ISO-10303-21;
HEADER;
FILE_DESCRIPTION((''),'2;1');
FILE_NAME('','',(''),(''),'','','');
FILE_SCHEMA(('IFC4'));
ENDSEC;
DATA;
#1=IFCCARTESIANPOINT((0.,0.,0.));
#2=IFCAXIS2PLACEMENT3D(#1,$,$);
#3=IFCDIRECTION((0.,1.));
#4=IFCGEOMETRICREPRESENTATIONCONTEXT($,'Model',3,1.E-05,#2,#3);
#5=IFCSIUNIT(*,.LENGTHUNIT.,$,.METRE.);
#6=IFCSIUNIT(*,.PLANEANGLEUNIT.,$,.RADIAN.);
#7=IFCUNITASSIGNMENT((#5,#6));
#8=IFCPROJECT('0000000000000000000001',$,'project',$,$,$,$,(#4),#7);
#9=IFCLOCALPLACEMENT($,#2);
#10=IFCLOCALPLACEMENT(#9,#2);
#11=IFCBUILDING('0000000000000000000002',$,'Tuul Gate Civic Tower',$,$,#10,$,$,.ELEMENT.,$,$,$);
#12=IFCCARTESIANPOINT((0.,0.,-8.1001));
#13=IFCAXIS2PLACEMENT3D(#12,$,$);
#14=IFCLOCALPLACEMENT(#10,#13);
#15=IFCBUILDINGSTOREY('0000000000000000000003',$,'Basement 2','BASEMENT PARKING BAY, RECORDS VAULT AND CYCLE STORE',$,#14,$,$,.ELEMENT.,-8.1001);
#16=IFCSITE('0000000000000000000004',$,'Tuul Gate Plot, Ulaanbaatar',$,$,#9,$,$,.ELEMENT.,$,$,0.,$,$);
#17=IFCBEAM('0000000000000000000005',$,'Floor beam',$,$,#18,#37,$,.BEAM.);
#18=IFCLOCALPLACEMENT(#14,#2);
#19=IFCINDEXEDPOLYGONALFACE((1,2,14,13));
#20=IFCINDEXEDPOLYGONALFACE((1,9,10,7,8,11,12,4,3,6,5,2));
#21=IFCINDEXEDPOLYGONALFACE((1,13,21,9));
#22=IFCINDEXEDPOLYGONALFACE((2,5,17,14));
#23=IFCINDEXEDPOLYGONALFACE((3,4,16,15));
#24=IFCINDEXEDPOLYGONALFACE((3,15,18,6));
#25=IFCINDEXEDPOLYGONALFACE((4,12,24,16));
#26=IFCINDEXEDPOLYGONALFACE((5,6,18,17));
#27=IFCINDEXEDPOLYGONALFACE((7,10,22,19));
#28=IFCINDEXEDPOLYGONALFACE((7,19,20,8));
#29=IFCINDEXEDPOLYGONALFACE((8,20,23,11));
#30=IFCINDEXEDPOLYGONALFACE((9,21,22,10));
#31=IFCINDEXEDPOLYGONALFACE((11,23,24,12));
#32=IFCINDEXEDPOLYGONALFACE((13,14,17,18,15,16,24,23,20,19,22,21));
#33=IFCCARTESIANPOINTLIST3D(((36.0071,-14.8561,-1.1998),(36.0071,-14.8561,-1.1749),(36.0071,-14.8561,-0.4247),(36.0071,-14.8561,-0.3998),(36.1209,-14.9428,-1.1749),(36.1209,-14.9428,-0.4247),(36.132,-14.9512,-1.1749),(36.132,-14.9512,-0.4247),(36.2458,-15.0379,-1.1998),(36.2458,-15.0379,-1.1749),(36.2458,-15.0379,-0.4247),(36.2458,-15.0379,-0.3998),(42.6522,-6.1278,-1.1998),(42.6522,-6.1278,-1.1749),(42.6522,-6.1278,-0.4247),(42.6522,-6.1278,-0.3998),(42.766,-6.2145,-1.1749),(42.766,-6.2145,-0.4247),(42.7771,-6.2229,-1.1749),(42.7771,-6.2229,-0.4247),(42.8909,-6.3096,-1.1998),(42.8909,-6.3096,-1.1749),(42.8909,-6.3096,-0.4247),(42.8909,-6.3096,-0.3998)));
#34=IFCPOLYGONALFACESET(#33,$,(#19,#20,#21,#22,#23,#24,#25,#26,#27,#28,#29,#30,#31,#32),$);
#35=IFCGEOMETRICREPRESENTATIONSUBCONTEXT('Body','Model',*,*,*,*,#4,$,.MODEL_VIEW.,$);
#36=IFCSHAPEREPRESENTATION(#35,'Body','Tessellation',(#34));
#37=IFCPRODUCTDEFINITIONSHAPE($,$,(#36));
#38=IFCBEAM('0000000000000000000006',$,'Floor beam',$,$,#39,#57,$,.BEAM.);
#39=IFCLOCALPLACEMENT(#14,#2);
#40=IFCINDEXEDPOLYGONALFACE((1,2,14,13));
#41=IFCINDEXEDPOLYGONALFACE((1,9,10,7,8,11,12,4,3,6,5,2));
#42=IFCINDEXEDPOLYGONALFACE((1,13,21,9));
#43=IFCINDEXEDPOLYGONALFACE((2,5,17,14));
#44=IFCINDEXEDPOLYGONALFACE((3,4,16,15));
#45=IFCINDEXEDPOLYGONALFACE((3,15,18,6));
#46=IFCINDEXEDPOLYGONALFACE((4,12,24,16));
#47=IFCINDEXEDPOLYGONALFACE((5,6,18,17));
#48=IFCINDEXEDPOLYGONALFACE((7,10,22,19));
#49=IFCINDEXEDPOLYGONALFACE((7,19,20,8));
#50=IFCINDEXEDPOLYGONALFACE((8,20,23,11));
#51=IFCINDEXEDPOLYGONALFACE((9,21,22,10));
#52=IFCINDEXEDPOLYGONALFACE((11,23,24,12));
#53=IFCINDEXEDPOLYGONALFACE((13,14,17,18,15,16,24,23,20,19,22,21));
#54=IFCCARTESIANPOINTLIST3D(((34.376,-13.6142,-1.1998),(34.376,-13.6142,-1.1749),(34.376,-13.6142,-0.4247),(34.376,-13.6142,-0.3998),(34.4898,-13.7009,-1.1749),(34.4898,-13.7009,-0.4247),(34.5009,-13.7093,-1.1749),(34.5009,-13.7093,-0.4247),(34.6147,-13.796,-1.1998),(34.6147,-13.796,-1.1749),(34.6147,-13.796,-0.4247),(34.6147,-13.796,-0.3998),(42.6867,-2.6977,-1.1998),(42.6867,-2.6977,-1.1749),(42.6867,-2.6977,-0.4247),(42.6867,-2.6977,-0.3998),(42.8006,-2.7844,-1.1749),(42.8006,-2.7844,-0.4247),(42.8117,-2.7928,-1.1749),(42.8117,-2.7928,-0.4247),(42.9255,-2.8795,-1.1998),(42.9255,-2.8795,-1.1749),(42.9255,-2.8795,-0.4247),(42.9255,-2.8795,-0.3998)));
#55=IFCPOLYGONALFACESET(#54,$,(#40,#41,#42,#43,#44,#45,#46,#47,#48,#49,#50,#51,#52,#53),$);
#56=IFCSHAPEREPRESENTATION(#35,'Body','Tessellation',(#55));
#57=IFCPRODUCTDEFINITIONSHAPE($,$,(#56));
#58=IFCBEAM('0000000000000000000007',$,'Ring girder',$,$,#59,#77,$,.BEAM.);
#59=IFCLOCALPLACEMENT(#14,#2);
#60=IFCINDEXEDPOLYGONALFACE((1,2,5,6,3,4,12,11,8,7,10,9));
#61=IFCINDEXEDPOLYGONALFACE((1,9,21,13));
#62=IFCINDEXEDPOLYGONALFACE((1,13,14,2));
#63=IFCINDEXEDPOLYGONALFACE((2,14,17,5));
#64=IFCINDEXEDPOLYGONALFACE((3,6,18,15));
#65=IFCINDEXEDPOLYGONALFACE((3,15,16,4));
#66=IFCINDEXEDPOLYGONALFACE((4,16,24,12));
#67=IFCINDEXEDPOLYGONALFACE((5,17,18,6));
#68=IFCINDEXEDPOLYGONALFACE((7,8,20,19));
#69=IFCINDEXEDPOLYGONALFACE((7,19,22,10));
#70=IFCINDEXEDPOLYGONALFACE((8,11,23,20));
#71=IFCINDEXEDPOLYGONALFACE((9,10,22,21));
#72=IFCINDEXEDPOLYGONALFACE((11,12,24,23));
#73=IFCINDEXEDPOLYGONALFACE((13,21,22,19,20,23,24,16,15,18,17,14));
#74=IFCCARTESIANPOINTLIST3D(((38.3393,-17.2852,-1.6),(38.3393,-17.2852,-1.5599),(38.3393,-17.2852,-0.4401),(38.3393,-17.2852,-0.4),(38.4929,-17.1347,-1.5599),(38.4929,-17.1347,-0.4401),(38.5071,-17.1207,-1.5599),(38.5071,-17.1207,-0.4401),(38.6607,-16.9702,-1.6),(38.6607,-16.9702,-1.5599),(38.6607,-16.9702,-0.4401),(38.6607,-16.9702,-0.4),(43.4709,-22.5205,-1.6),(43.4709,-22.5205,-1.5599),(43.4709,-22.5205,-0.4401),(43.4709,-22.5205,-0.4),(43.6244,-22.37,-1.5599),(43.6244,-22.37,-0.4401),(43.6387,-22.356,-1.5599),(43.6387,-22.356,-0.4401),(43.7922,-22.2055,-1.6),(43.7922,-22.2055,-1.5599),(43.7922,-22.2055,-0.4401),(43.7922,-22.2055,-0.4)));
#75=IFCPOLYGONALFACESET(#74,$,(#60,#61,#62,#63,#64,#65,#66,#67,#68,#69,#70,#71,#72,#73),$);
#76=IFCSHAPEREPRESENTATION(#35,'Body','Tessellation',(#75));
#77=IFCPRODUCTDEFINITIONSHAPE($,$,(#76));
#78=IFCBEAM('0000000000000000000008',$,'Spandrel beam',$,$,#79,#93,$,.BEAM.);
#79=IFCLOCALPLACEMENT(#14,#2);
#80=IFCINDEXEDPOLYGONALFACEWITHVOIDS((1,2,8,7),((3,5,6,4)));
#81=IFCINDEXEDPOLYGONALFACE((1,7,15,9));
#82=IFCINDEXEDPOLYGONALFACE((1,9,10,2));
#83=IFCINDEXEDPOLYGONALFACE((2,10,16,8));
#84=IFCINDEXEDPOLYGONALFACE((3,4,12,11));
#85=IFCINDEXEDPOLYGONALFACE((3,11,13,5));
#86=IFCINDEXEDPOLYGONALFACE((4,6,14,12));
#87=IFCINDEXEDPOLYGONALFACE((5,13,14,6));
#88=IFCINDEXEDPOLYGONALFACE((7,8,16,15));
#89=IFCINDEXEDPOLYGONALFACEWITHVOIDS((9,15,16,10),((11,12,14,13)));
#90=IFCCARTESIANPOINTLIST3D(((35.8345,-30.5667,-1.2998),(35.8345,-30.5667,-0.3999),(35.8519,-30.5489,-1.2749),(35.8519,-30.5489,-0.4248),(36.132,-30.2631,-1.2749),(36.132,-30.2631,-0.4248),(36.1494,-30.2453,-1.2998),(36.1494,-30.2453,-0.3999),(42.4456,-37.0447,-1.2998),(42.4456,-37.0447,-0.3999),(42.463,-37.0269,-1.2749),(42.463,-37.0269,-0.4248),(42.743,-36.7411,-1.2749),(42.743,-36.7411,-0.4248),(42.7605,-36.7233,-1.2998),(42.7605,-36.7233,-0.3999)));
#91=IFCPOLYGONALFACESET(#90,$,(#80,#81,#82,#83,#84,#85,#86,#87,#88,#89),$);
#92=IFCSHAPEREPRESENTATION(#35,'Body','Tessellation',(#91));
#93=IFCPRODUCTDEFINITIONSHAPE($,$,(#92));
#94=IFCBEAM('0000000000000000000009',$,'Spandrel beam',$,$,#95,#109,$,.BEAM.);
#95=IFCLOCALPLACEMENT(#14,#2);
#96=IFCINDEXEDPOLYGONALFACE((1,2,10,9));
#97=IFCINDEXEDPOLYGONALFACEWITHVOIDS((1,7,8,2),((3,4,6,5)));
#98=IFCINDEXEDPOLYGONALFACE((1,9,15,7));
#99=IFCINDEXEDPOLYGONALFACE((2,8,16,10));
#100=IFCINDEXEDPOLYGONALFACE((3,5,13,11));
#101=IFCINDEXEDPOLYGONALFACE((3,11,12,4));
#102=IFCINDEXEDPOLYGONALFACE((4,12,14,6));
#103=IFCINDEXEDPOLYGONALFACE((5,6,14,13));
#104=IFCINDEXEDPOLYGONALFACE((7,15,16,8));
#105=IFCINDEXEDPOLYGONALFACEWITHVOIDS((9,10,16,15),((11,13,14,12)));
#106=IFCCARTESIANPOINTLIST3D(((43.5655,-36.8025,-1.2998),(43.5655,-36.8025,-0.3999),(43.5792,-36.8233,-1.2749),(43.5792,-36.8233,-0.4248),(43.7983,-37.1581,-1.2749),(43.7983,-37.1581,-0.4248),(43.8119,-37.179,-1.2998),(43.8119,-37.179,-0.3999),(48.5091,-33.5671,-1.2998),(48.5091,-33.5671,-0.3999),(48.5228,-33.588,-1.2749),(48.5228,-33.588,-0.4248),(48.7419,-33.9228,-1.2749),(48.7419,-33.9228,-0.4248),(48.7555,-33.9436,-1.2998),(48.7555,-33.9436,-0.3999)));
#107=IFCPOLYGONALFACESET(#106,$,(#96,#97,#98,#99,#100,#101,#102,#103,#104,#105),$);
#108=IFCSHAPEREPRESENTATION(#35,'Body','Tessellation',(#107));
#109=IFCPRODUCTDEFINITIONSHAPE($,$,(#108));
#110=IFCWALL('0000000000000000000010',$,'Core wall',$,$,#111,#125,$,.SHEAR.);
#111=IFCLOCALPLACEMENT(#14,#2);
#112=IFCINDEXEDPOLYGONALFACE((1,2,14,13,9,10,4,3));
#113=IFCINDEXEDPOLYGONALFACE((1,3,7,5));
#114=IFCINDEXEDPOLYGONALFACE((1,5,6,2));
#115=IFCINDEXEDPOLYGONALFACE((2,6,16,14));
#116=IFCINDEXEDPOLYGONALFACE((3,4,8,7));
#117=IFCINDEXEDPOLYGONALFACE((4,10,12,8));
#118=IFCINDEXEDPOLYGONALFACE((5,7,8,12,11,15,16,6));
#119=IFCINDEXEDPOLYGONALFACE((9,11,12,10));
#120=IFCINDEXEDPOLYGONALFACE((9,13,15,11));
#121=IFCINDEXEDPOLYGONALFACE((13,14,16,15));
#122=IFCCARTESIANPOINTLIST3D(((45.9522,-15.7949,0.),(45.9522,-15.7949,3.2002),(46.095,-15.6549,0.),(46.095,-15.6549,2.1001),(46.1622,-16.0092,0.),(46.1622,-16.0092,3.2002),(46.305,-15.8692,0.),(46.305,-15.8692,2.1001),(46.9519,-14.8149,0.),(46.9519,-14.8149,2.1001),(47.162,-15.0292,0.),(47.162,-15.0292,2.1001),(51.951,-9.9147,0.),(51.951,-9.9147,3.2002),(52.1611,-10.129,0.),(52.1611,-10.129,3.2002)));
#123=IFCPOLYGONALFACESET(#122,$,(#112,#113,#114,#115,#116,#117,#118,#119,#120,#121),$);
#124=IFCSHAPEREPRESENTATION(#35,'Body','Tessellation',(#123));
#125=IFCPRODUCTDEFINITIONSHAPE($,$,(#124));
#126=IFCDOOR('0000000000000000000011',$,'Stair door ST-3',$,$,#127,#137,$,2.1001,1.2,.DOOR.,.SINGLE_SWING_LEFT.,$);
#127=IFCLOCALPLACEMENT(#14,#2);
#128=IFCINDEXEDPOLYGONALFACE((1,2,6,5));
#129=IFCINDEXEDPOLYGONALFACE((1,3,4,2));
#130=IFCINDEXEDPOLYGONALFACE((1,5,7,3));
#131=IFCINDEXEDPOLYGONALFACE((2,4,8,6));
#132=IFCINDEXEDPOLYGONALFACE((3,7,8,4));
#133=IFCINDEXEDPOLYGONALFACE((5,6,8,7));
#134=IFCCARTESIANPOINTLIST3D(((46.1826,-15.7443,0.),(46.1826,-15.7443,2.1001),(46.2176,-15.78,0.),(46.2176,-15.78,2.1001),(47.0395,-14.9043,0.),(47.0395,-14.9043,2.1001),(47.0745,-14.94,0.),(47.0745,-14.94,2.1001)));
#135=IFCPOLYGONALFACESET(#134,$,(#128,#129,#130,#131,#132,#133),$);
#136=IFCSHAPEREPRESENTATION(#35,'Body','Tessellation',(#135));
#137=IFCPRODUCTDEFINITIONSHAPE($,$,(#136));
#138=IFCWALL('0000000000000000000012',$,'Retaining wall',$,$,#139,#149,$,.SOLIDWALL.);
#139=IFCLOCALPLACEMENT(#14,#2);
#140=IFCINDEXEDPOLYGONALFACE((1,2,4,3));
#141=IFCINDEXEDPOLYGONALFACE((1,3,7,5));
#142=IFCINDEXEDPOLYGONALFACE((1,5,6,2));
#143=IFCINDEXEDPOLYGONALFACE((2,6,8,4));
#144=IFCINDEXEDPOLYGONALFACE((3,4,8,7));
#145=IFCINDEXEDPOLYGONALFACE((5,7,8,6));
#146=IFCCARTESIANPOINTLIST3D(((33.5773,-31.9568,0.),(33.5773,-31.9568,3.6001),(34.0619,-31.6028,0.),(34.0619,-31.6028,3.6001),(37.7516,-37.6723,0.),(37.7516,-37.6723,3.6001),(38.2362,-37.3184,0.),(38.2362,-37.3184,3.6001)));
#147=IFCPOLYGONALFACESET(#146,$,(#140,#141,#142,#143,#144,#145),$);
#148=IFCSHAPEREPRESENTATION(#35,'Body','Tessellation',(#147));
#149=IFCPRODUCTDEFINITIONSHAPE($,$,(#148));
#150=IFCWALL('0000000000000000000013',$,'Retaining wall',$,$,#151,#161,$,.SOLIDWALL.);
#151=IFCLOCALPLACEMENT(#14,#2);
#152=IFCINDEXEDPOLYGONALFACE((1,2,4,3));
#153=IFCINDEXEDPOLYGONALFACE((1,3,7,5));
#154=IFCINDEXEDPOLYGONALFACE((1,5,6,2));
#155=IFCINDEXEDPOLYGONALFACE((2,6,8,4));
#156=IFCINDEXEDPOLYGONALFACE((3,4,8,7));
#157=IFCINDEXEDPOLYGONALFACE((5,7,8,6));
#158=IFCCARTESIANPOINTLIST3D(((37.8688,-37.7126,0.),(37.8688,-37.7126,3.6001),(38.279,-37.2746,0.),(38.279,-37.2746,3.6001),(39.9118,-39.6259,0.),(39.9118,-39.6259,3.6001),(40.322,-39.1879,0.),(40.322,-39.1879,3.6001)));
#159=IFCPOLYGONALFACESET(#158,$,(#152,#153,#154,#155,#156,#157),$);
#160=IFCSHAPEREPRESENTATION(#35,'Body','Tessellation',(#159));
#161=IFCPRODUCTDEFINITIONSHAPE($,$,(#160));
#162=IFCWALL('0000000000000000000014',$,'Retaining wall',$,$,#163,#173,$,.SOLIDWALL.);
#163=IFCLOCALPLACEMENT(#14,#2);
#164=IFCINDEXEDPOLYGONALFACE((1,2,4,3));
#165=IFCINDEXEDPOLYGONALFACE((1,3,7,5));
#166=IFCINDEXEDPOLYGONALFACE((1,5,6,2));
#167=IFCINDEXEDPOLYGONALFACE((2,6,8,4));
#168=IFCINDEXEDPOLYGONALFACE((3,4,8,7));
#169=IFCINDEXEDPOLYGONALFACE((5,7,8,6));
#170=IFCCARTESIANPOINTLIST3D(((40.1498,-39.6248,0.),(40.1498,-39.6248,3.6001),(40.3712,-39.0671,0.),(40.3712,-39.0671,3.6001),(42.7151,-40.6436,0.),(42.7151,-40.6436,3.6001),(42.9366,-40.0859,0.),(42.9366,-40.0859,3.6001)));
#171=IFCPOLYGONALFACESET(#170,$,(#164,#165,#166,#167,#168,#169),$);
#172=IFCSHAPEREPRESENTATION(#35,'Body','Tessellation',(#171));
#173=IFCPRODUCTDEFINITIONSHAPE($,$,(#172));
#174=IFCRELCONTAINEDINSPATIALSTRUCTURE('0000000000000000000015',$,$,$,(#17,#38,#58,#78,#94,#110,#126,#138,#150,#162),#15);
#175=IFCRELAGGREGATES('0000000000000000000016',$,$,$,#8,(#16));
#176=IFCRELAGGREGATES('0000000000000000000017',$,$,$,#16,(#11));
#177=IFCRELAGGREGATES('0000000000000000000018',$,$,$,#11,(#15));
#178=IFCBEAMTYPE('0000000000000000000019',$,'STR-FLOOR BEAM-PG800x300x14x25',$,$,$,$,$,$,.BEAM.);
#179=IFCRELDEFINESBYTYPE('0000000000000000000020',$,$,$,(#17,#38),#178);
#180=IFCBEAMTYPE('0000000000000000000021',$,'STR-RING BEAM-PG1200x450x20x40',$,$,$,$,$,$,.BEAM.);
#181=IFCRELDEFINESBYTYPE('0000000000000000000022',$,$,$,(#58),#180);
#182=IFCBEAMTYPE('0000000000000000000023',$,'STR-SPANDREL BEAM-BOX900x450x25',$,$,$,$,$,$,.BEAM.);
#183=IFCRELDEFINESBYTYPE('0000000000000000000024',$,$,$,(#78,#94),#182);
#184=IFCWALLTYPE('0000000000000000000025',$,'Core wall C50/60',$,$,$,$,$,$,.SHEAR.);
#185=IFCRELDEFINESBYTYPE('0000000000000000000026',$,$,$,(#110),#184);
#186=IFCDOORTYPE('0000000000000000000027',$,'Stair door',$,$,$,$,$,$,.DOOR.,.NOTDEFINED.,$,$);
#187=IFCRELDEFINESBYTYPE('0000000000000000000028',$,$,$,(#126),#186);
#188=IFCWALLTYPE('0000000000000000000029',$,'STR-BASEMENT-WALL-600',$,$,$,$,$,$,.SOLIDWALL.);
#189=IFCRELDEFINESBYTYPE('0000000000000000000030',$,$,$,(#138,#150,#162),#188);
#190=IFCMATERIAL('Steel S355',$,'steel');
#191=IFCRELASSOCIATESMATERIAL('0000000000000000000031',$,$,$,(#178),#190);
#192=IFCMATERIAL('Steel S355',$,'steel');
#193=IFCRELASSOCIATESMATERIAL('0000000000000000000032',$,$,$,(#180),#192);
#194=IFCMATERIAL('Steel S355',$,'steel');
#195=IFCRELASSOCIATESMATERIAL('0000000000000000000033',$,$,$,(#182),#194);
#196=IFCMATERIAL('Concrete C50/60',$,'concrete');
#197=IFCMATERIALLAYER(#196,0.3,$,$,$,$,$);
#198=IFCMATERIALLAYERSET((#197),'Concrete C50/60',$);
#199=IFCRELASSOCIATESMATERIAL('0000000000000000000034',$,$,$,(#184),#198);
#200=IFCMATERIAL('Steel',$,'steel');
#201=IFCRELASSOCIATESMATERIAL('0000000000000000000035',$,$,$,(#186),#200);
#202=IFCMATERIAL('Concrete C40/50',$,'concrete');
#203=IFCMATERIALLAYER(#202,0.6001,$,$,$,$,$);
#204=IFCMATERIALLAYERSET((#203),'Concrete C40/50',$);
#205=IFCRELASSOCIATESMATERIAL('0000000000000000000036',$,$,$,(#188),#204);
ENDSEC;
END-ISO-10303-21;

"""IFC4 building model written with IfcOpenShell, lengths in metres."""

from ifc_helpers import new_model, si_unit, direction, frame, frame_2d, origin, origin_2d, place, context, subcontext, project, spatial, rectangle, hollow_rectangle, i_section, extrude, material, layer, layer_set, material_profile, profile_set, type_object, element, fill, save


model = new_model("IFC4")

# Units and contexts
model_context = context("Model", 3, precision=1e-05, world=origin(), true_north=direction((0.0, 1.0)))
body_context = subcontext(model_context, "Body", "Model", "MODEL_VIEW")
ifc_project = project(units=[si_unit("LENGTHUNIT", "METRE"), si_unit("PLANEANGLEUNIT", "RADIAN")], contexts=[model_context])

# Site, building, storey
site_placement = place(None, origin())
site = spatial("IfcSite", under=ifc_project, at=site_placement, Name="Tuul Gate Plot, Ulaanbaatar", CompositionType="ELEMENT", RefElevation=0.0)
building_placement = place(site_placement, origin())
building = spatial("IfcBuilding", under=site, at=building_placement, Name="Tuul Gate Civic Tower", CompositionType="ELEMENT")
storey_placement = place(building_placement, frame((0.0, 0.0, -8.1001)))
storey = spatial("IfcBuildingStorey", under=building, at=storey_placement, Name="Basement 2", Description="BASEMENT PARKING BAY, RECORDS VAULT AND CYCLE STORE", CompositionType="ELEMENT", Elevation=-8.1001)

# Beams
ifc_material_1 = material(Name="Steel S355", Category="steel")
ifc_material_profile_1 = material_profile(ifc_material_1, i_section(OverallWidth=0.3, OverallDepth=0.8, WebThickness=0.0139, FlangeThickness=0.0249, at=origin_2d()), Name="PG800x300x14x25")
ifc_profile_set_1 = profile_set([ifc_material_profile_1], Name="Steel S355")
beam_type_1 = type_object("IfcBeamType", Name="STR-FLOOR BEAM-PG800x300x14x25", PredefinedType="BEAM", material=ifc_profile_set_1)
beam_1_placement = place(storey_placement, frame((36.1265, -14.947, -0.7998), z_axis=(0.605749, 0.795655, 0.0), x_axis=(-0.795655, 0.605749, 0.0)))
element("IfcBeam", 1, at=beam_1_placement, inside=storey, type_object=beam_type_1, Name="Floor beam", PredefinedType="BEAM", context=body_context, shape_type="SweptSolid", body=[
    extrude(i_section(OverallWidth=0.3, OverallDepth=0.8, WebThickness=0.0139, FlangeThickness=0.0249, at=origin_2d()), origin(), (0.0, 0.0, 1.0), 10.97),
])
beam_2_placement = place(storey_placement, frame((34.4954, -13.7051, -0.7998), z_axis=(0.605741, 0.795662, 0.0), x_axis=(-0.795662, 0.605741, 0.0)))
element("IfcBeam", 2, at=beam_2_placement, inside=storey, type_object=beam_type_1, Name="Floor beam", PredefinedType="BEAM", context=body_context, shape_type="SweptSolid", body=[
    extrude(i_section(OverallWidth=0.3, OverallDepth=0.8, WebThickness=0.0139, FlangeThickness=0.0249, at=origin_2d()), origin(), (0.0, 0.0, 1.0), 13.72),
])
ifc_material_2 = material(Name="Steel S355", Category="steel")
ifc_material_profile_2 = material_profile(ifc_material_2, i_section(OverallWidth=0.45, OverallDepth=1.2, WebThickness=0.02, FlangeThickness=0.04, at=origin_2d()), Name="PG1200x450x20x40")
ifc_profile_set_2 = profile_set([ifc_material_profile_2], Name="Steel S355")
beam_type_2 = type_object("IfcBeamType", Name="STR-RING BEAM-PG1200x450x20x40", PredefinedType="BEAM", material=ifc_profile_set_2)
beam_3_placement = place(storey_placement, frame((38.5, -17.1277, -1.0), z_axis=(0.699994, -0.714148, 0.0), x_axis=(0.714148, 0.699994, 0.0)))
element("IfcBeam", 3, at=beam_3_placement, inside=storey, type_object=beam_type_2, Name="Ring girder", PredefinedType="BEAM", context=body_context, shape_type="SweptSolid", body=[
    extrude(i_section(OverallWidth=0.45, OverallDepth=1.2, WebThickness=0.02, FlangeThickness=0.04, at=origin_2d()), origin(), (0.0, 0.0, 1.0), 7.3308),
])
ifc_material_3 = material(Name="Steel S355", Category="steel")
ifc_material_profile_3 = material_profile(ifc_material_3, hollow_rectangle(XDim=0.45, YDim=0.8999, WallThickness=0.0249, at=origin_2d()), Name="BOX900x450x25")
ifc_profile_set_3 = profile_set([ifc_material_profile_3], Name="Steel S355")
beam_type_3 = type_object("IfcBeamType", Name="STR-SPANDREL BEAM-BOX900x450x25", PredefinedType="BEAM", material=ifc_profile_set_3)
beam_4_placement = place(storey_placement, frame((35.9919, -30.406, -0.8499), z_axis=(0.714258, -0.699883, 0.0), x_axis=(0.699883, 0.714258, 0.0)))
element("IfcBeam", 4, at=beam_4_placement, inside=storey, type_object=beam_type_3, Name="Spandrel beam", PredefinedType="BEAM", context=body_context, shape_type="SweptSolid", body=[
    extrude(hollow_rectangle(XDim=0.45, YDim=0.8999, WallThickness=0.0249, at=origin_2d()), origin(), (0.0, 0.0, 1.0), 9.2559),
])
beam_5_placement = place(storey_placement, frame((43.6887, -36.9907, -0.8499), z_axis=(0.836737, 0.547604, 0.0), x_axis=(-0.547604, 0.836737, 0.0)))
element("IfcBeam", 5, at=beam_5_placement, inside=storey, type_object=beam_type_3, Name="Spandrel beam", PredefinedType="BEAM", context=body_context, shape_type="SweptSolid", body=[
    extrude(hollow_rectangle(XDim=0.45, YDim=0.8999, WallThickness=0.0249, at=origin_2d()), origin(), (0.0, 0.0, 1.0), 5.9082),
])

# Wall, opening, door
ifc_material_4 = material(Name="Concrete C50/60", Category="concrete")
ifc_layer_1 = layer(ifc_material_4, 0.3)
ifc_layer_set_1 = layer_set([ifc_layer_1], Name="Concrete C50/60")
wall_type_1 = type_object("IfcWallType", Name="Core wall C50/60", PredefinedType="SHEAR", material=ifc_layer_set_1)
wall_1_placement = place(storey_placement, frame((46.0571, -15.9021, 0.0), z_axis=(0.0, 0.0, 1.0), x_axis=(0.714134, 0.700009, 0.0)))
wall_1 = element("IfcWall", 6, at=wall_1_placement, inside=storey, type_object=wall_type_1, Name="Core wall", PredefinedType="SHEAR", context=body_context, shape_type="SweptSolid", body=[
    extrude(rectangle(XDim=8.4001, YDim=0.3, at=frame_2d((4.2002, 0.0))), origin(), (0.0, 0.0, 1.0), 3.2002),
])
opening_placement = place(wall_1_placement, frame((0.2, 0.0, 0.0)))
opening = element("IfcOpeningElement", 7, at=opening_placement, cuts=wall_1, PredefinedType="OPENING", context=body_context, shape_type="SweptSolid", body=[
    extrude(rectangle(XDim=1.2, YDim=2.1001, at=frame_2d((0.6001, 1.05))), frame((0.0, 0.1602, 0.0), z_axis=(0.0, -1.0, 0.0), x_axis=(1.0, 0.0, 0.0)), (0.0, 0.0, 1.0), 0.3201),
])
ifc_material_5 = material(Name="Steel", Category="steel")
door_type = type_object("IfcDoorType", Name="Stair door", OperationType="NOTDEFINED", PredefinedType="DOOR", material=ifc_material_5)
door_placement = place(opening_placement, origin())
door = element("IfcDoor", 8, at=door_placement, inside=storey, type_object=door_type, Name="Stair door ST-3", OperationType="SINGLE_SWING_LEFT", OverallHeight=2.1001, OverallWidth=1.2, PredefinedType="DOOR", context=body_context, shape_type="SweptSolid", body=[
    extrude(rectangle(XDim=1.2, YDim=2.1001, at=frame_2d((0.6001, 1.05))), frame((0.0, 0.0249, 0.0), z_axis=(0.0, -1.0, 0.0), x_axis=(1.0, 0.0, 0.0)), (0.0, 0.0, 1.0), 0.05),
])
fill(opening, door)

# Walls
ifc_material_6 = material(Name="Concrete C40/50", Category="concrete")
ifc_layer_2 = layer(ifc_material_6, 0.6001)
ifc_layer_set_2 = layer_set([ifc_layer_2], Name="Concrete C40/50")
wall_type_2 = type_object("IfcWallType", Name="STR-BASEMENT-WALL-600", PredefinedType="SOLIDWALL", material=ifc_layer_set_2)
wall_2_placement = place(storey_placement, frame((33.8196, -31.7798, 0.0), z_axis=(0.0, 0.0, 1.0), x_axis=(0.589791, -0.807556, 0.0)))
element("IfcWall", 9, at=wall_2_placement, inside=storey, type_object=wall_type_2, Name="Retaining wall", PredefinedType="SOLIDWALL", context=body_context, shape_type="SweptSolid", body=[
    extrude(rectangle(XDim=7.0776, YDim=0.6001, at=frame_2d((3.5388, 0.0))), origin(), (0.0, 0.0, 1.0), 3.6001),
])
wall_3_placement = place(storey_placement, frame((38.074, -37.4937, 0.0), z_axis=(0.0, 0.0, 1.0), x_axis=(0.729885, -0.68357, 0.0)))
element("IfcWall", 10, at=wall_3_placement, inside=storey, type_object=wall_type_2, Name="Retaining wall", PredefinedType="SOLIDWALL", context=body_context, shape_type="SweptSolid", body=[
    extrude(rectangle(XDim=2.7991, YDim=0.6001, at=frame_2d((1.3994, 0.0))), origin(), (0.0, 0.0, 1.0), 3.6001),
])
wall_4_placement = place(storey_placement, frame((40.2605, -39.3459, 0.0), z_axis=(0.0, 0.0, 1.0), x_axis=(0.929395, -0.369087, 0.0)))
element("IfcWall", 11, at=wall_4_placement, inside=storey, type_object=wall_type_2, Name="Retaining wall", PredefinedType="SOLIDWALL", context=body_context, shape_type="SweptSolid", body=[
    extrude(rectangle(XDim=2.7603, YDim=0.6001, at=frame_2d((1.3801, 0.0))), origin(), (0.0, 0.0, 1.0), 3.6001),
])

save(model, "model.ifc")
